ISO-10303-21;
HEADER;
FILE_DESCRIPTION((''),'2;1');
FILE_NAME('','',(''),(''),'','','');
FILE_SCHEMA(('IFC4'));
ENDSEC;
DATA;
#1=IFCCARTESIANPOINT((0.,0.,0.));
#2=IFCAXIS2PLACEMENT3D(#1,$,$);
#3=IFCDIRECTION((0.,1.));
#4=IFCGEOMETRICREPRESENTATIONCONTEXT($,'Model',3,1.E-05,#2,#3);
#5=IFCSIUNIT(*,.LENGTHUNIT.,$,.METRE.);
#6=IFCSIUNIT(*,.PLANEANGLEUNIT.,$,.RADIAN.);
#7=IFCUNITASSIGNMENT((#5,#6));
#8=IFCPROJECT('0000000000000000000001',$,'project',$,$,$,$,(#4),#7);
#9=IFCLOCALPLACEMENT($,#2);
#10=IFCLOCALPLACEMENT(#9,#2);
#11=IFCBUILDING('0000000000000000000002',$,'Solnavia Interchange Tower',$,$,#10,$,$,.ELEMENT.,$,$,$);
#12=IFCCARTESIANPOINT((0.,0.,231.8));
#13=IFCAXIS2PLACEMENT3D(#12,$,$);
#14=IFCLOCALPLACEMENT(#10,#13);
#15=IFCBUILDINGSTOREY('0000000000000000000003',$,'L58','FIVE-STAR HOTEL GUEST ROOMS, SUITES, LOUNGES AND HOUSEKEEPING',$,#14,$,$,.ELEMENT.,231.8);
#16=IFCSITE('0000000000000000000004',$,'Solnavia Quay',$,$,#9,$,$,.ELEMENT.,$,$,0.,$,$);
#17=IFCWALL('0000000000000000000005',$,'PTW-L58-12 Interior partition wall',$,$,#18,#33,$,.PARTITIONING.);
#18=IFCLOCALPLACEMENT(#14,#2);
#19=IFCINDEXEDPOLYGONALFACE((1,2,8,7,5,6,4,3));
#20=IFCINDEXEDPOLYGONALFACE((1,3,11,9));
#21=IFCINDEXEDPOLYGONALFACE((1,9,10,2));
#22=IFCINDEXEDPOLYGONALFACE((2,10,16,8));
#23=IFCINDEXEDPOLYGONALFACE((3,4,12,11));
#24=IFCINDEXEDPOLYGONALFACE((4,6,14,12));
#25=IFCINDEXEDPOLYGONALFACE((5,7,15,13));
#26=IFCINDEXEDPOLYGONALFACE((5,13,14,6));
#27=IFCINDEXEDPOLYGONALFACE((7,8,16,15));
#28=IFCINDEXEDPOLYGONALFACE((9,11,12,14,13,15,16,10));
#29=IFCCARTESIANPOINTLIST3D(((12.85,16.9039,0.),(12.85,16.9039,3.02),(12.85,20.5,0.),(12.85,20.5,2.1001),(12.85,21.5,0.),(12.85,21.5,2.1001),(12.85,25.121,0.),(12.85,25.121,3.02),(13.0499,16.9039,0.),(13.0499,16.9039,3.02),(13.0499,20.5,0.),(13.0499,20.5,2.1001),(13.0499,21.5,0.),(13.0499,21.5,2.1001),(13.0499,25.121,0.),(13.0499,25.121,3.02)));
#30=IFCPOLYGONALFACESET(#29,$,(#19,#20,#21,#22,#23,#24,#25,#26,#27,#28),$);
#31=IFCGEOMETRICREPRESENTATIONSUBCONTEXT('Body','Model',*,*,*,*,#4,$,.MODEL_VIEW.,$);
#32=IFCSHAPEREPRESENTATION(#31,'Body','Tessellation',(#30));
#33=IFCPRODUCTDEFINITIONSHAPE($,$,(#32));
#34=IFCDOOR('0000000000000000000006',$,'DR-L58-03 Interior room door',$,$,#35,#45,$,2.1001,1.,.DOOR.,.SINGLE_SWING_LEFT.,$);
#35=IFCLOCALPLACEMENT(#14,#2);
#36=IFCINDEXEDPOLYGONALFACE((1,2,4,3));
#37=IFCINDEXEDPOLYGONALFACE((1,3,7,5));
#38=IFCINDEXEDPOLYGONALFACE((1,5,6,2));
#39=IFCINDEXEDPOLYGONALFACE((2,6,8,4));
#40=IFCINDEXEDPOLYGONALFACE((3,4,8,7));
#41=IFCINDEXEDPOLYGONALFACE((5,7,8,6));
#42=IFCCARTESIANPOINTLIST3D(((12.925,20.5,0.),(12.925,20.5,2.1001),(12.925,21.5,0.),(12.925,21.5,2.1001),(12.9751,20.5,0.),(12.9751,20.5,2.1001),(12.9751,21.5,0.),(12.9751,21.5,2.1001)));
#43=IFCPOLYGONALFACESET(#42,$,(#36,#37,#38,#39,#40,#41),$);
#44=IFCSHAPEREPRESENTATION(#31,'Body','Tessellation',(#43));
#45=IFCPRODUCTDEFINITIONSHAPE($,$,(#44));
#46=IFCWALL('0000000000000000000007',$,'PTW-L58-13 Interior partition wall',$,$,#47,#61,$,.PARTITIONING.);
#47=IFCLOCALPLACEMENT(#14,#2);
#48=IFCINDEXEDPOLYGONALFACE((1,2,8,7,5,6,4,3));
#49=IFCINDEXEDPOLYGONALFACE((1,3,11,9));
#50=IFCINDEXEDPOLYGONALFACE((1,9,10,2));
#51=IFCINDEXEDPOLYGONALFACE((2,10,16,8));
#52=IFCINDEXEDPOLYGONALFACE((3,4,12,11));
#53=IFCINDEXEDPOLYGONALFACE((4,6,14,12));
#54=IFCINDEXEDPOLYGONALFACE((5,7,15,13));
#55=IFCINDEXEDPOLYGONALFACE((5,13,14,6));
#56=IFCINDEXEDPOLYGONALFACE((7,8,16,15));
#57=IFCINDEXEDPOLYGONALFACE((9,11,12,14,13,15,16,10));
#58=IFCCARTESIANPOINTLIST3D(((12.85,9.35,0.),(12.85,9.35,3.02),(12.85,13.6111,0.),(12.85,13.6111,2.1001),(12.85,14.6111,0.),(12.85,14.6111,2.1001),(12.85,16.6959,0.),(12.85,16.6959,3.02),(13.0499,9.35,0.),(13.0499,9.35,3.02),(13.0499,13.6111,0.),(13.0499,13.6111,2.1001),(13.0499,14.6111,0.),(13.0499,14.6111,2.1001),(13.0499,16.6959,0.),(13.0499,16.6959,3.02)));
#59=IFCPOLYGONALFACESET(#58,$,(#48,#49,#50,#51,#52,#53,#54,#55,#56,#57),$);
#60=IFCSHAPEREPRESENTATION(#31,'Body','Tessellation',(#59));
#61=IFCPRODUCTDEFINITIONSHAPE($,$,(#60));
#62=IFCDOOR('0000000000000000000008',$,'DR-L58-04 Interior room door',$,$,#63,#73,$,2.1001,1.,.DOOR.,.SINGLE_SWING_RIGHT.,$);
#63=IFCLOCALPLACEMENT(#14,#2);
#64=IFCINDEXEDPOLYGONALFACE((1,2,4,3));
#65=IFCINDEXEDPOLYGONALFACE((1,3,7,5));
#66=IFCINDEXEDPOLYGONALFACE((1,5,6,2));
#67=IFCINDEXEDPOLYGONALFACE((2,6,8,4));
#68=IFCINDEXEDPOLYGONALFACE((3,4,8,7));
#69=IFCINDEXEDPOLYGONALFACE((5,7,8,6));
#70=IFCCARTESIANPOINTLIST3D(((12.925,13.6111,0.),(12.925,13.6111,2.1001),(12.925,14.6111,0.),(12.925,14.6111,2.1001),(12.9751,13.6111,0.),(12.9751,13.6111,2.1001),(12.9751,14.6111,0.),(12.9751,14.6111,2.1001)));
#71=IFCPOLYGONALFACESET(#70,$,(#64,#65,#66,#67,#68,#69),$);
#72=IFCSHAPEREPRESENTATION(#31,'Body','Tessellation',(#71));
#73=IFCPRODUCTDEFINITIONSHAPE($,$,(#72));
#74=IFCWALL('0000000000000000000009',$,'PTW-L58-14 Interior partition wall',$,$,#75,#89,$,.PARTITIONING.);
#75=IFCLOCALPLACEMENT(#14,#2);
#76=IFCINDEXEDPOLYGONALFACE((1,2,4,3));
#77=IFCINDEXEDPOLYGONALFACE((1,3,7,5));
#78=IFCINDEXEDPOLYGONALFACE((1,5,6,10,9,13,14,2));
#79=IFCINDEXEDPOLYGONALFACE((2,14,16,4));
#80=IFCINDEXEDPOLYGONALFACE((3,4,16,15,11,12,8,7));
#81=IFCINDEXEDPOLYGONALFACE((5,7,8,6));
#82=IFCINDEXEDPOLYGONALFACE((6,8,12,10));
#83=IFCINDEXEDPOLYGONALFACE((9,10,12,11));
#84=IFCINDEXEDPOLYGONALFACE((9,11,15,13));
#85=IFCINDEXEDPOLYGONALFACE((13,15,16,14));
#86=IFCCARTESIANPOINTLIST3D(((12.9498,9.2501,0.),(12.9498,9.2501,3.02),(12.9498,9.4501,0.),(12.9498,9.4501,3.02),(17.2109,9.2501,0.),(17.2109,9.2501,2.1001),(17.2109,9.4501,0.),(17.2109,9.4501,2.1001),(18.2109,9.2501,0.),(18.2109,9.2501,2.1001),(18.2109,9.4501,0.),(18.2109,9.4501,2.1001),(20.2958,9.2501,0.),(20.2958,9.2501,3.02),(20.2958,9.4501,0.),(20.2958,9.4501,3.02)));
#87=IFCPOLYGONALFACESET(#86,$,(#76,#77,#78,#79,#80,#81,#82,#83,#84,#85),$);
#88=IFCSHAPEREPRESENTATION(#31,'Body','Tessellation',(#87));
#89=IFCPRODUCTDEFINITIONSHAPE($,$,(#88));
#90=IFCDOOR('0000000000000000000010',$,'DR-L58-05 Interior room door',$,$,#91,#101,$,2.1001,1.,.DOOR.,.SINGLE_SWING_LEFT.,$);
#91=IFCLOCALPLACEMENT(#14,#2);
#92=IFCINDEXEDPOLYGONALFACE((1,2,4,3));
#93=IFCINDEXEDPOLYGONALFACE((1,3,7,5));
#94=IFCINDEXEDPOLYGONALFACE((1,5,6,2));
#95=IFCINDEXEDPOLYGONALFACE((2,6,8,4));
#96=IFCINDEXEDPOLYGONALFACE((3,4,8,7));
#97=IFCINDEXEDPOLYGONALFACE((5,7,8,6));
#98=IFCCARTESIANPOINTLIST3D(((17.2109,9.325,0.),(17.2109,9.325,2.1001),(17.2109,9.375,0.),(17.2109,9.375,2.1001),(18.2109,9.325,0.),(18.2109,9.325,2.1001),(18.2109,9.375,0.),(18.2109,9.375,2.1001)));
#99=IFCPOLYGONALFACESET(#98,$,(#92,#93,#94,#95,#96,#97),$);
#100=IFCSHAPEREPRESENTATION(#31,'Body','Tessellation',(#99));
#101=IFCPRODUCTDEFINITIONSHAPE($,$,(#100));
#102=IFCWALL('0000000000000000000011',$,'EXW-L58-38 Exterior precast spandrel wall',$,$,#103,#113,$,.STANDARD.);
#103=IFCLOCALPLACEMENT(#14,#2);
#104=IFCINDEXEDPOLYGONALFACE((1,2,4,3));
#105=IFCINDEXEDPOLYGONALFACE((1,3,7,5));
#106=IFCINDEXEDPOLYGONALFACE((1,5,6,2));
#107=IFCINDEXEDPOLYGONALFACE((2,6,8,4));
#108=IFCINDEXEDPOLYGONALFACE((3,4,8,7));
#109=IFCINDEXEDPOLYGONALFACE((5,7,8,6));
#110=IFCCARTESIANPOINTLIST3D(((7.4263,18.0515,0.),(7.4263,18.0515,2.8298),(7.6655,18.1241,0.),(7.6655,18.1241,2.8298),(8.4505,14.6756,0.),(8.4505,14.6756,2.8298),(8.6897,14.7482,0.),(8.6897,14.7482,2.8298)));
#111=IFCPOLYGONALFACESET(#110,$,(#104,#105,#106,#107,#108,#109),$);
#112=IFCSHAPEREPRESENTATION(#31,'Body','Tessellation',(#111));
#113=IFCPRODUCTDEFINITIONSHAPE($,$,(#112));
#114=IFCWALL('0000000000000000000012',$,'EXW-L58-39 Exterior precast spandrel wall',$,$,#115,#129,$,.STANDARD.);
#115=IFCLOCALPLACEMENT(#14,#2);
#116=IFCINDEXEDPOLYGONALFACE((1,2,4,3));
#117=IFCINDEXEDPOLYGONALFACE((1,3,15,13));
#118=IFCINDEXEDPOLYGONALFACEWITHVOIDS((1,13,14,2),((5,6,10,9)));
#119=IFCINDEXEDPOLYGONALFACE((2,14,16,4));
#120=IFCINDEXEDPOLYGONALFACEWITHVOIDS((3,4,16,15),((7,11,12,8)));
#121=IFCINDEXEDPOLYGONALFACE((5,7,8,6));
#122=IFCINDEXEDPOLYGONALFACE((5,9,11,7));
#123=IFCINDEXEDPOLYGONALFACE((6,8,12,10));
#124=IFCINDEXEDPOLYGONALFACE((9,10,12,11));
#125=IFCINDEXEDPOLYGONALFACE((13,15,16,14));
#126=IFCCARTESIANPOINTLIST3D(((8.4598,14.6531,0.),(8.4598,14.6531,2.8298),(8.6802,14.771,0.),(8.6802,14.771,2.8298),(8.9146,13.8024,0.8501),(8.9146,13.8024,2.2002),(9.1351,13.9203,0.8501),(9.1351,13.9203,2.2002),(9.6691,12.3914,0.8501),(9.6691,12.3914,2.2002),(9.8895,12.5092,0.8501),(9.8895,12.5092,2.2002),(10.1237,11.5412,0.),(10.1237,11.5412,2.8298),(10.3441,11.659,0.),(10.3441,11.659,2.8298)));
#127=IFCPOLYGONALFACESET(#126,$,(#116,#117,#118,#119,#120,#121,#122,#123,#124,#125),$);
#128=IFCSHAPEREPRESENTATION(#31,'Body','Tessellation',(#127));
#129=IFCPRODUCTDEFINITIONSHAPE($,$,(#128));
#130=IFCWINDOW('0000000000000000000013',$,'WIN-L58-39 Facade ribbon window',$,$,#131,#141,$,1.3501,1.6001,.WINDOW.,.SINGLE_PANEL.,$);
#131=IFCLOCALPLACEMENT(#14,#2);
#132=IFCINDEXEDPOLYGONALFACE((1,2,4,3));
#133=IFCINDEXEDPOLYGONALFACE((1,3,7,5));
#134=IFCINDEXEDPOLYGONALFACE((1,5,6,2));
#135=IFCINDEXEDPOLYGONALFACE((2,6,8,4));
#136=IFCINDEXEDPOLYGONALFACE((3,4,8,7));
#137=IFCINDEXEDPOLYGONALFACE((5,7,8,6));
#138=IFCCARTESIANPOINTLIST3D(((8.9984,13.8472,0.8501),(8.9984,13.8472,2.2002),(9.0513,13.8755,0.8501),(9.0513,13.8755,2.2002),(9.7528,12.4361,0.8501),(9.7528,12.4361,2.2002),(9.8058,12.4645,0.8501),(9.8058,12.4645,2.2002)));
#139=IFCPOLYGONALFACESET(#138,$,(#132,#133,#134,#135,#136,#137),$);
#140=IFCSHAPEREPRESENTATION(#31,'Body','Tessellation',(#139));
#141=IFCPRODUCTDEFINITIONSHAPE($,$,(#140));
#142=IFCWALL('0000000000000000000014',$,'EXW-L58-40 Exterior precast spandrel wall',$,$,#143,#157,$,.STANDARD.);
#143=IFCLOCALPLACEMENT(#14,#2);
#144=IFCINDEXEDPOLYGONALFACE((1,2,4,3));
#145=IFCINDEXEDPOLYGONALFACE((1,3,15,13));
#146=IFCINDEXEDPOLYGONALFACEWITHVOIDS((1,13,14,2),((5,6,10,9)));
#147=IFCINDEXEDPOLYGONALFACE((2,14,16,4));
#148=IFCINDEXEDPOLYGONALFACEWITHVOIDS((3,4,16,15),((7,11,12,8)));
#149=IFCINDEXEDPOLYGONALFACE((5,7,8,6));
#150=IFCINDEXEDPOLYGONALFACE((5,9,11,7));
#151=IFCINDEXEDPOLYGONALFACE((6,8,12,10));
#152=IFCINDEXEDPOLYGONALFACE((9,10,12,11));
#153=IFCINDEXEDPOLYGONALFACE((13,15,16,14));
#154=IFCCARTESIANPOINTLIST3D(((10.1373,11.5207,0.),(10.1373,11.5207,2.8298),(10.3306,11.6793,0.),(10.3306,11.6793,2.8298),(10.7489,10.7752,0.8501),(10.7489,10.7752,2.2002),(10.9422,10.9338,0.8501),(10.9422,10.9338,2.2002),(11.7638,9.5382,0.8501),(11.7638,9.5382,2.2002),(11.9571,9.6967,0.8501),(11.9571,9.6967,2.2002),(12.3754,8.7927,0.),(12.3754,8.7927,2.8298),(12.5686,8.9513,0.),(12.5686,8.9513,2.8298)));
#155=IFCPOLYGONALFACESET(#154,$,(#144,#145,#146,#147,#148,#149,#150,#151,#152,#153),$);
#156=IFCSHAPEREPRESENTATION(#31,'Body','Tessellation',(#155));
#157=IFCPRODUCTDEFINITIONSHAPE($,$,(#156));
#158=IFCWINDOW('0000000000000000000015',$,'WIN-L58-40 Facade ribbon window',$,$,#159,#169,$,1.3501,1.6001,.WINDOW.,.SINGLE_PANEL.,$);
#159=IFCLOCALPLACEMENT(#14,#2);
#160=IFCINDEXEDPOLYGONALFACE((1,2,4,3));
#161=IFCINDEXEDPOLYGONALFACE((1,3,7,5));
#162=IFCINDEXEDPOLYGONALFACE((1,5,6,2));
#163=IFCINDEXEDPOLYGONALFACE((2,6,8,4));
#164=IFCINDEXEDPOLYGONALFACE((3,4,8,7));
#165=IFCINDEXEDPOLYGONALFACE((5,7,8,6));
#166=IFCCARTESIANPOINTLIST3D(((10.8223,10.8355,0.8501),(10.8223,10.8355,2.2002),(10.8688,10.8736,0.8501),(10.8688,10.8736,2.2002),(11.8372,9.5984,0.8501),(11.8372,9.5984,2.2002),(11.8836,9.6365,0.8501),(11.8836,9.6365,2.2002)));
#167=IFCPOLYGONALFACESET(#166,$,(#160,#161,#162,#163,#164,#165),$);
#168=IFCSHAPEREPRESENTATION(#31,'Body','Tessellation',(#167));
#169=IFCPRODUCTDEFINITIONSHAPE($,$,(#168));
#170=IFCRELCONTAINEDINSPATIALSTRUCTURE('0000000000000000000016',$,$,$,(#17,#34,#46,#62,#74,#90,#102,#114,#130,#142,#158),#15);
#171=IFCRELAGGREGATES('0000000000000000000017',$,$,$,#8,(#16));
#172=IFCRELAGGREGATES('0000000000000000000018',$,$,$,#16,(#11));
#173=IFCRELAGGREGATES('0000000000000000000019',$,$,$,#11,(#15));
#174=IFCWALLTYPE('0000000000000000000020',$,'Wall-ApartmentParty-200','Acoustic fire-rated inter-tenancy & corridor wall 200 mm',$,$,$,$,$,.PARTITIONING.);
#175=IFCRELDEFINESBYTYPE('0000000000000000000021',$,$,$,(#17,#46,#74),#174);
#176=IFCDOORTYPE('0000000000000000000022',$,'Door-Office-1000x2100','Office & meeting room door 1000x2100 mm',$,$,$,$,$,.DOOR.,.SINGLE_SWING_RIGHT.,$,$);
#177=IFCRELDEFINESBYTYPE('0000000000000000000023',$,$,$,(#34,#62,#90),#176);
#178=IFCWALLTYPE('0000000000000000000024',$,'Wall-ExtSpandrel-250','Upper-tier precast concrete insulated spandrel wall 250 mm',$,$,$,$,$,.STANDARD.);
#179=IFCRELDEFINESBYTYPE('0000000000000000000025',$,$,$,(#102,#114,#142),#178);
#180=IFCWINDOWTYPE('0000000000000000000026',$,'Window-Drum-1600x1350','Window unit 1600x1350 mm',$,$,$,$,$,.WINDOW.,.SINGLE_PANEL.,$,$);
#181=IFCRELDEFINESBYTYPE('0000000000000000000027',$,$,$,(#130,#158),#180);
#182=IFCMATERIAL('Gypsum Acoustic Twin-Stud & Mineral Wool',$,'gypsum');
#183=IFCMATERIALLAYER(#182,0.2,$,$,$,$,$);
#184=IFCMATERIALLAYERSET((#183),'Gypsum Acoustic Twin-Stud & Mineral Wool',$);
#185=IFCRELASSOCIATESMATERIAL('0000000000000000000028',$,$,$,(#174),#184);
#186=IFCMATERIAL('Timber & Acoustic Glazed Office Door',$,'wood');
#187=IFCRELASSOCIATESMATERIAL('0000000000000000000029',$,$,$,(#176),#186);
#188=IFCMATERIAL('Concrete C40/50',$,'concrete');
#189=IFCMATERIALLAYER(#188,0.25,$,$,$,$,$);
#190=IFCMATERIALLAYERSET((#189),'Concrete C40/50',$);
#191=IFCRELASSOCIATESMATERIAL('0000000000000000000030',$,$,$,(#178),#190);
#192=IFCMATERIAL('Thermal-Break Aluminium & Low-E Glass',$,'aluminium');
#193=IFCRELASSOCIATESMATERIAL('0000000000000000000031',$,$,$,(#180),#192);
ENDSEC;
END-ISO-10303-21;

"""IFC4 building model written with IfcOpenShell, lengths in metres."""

from ifc_helpers import new_model, si_unit, direction, frame, frame_2d, origin, place, context, subcontext, project, spatial, rectangle, extrude, material, layer, layer_set, type_object, element, fill, save


model = new_model("IFC4")

# Units and contexts
model_context = context("Model", 3, precision=1e-05, world=origin(), true_north=direction((0.0, 1.0)))
body_context = subcontext(model_context, "Body", "Model", "MODEL_VIEW")
ifc_project = project(units=[si_unit("LENGTHUNIT", "METRE"), si_unit("PLANEANGLEUNIT", "RADIAN")], contexts=[model_context])

# Site, building, storey
site_placement = place(None, origin())
site = spatial("IfcSite", under=ifc_project, at=site_placement, Name="Solnavia Quay", CompositionType="ELEMENT", RefElevation=0.0)
building_placement = place(site_placement, origin())
building = spatial("IfcBuilding", under=site, at=building_placement, Name="Solnavia Interchange Tower", CompositionType="ELEMENT")
storey_placement = place(building_placement, frame((0.0, 0.0, 231.8)))
storey = spatial("IfcBuildingStorey", under=building, at=storey_placement, Name="L58", Description="FIVE-STAR HOTEL GUEST ROOMS, SUITES, LOUNGES AND HOUSEKEEPING", CompositionType="ELEMENT", Elevation=231.8)

# Shared definitions
ifc_material_1 = material(Name="Concrete C40/50", Category="concrete")

# Shared definitions
ifc_material_2 = material(Name="Gypsum Acoustic Twin-Stud & Mineral Wool", Category="gypsum")
ifc_layer_1 = layer(ifc_material_2, 0.2)
ifc_layer_set_1 = layer_set([ifc_layer_1], Name="Gypsum Acoustic Twin-Stud & Mineral Wool")
wall_type_1 = type_object("IfcWallType", Name="Wall-ApartmentParty-200", Description="Acoustic fire-rated inter-tenancy & corridor wall 200 mm", PredefinedType="PARTITIONING", material=ifc_layer_set_1)

# Walls, openings, doors
wall_1_placement = place(storey_placement, frame((12.95, 16.9041, 0.0), z_axis=(0.0, 0.0, 1.0), x_axis=(0.0, 1.0, 0.0)))
wall_1 = element("IfcWall", 1, at=wall_1_placement, inside=storey, type_object=wall_type_1, Name="PTW-L58-12 Interior partition wall", PredefinedType="PARTITIONING", context=body_context, shape_type="SweptSolid", body=[
    extrude(rectangle(XDim=8.217, YDim=0.2, at=frame_2d((4.1084, 0.0))), origin(), (0.0, 0.0, 1.0), 3.02),
])
opening_1_placement = place(wall_1_placement, frame((3.5959, 0.0, 0.0)))
opening_1 = element("IfcOpeningElement", 2, at=opening_1_placement, cuts=wall_1, PredefinedType="OPENING", context=body_context, shape_type="SweptSolid", body=[
    extrude(rectangle(XDim=1.0, YDim=2.1001, at=frame_2d((0.5, 1.05))), frame((0.0, 0.1099, 0.0), z_axis=(0.0, -1.0, 0.0), x_axis=(1.0, 0.0, 0.0)), (0.0, 0.0, 1.0), 0.22),
])
ifc_material_3 = material(Name="Timber & Acoustic Glazed Office Door", Category="wood")
door_type = type_object("IfcDoorType", Name="Door-Office-1000x2100", Description="Office & meeting room door 1000x2100 mm", OperationType="SINGLE_SWING_RIGHT", PredefinedType="DOOR", material=ifc_material_3)
door_1_placement = place(opening_1_placement, origin())
door_1 = element("IfcDoor", 3, at=door_1_placement, inside=storey, type_object=door_type, Name="DR-L58-03 Interior room door", OperationType="SINGLE_SWING_LEFT", OverallHeight=2.1001, OverallWidth=1.0, PredefinedType="DOOR", context=body_context, shape_type="SweptSolid", body=[
    extrude(rectangle(XDim=1.0, YDim=2.1001, at=frame_2d((0.5, 1.05))), frame((0.0, 0.0249, 0.0), z_axis=(0.0, -1.0, 0.0), x_axis=(1.0, 0.0, 0.0)), (0.0, 0.0, 1.0), 0.05),
])
fill(opening_1, door_1)
wall_2_placement = place(storey_placement, frame((12.95, 9.3501, 0.0), z_axis=(0.0, 0.0, 1.0), x_axis=(0.0, 1.0, 0.0)))
wall_2 = element("IfcWall", 4, at=wall_2_placement, inside=storey, type_object=wall_type_1, Name="PTW-L58-13 Interior partition wall", PredefinedType="PARTITIONING", context=body_context, shape_type="SweptSolid", body=[
    extrude(rectangle(XDim=7.3459, YDim=0.2, at=frame_2d((3.6729, 0.0))), origin(), (0.0, 0.0, 1.0), 3.02),
])
opening_2_placement = place(wall_2_placement, frame((4.261, 0.0, 0.0)))
opening_2 = element("IfcOpeningElement", 5, at=opening_2_placement, cuts=wall_2, PredefinedType="OPENING", context=body_context, shape_type="SweptSolid", body=[
    extrude(rectangle(XDim=1.0, YDim=2.1001, at=frame_2d((0.5, 1.05))), frame((0.0, 0.1099, 0.0), z_axis=(0.0, -1.0, 0.0), x_axis=(1.0, 0.0, 0.0)), (0.0, 0.0, 1.0), 0.22),
])
door_2_placement = place(opening_2_placement, origin())
door_2 = element("IfcDoor", 6, at=door_2_placement, inside=storey, type_object=door_type, Name="DR-L58-04 Interior room door", OperationType="SINGLE_SWING_RIGHT", OverallHeight=2.1001, OverallWidth=1.0, PredefinedType="DOOR", context=body_context, shape_type="SweptSolid", body=[
    extrude(rectangle(XDim=1.0, YDim=2.1001, at=frame_2d((0.5, 1.05))), frame((0.0, 0.0249, 0.0), z_axis=(0.0, -1.0, 0.0), x_axis=(1.0, 0.0, 0.0)), (0.0, 0.0, 1.0), 0.05),
])
fill(opening_2, door_2)
wall_3_placement = place(storey_placement, frame((12.95, 9.3501, 0.0), z_axis=(0.0, 0.0, 1.0), x_axis=(1.0, 0.0, 0.0)))
wall_3 = element("IfcWall", 7, at=wall_3_placement, inside=storey, type_object=wall_type_1, Name="PTW-L58-14 Interior partition wall", PredefinedType="PARTITIONING", context=body_context, shape_type="SweptSolid", body=[
    extrude(rectangle(XDim=7.3459, YDim=0.2, at=frame_2d((3.6729, 0.0))), origin(), (0.0, 0.0, 1.0), 3.02),
])
opening_3_placement = place(wall_3_placement, frame((4.261, 0.0, 0.0)))
opening_3 = element("IfcOpeningElement", 8, at=opening_3_placement, cuts=wall_3, PredefinedType="OPENING", context=body_context, shape_type="SweptSolid", body=[
    extrude(rectangle(XDim=1.0, YDim=2.1001, at=frame_2d((0.5, 1.05))), frame((0.0, 0.1099, 0.0), z_axis=(0.0, -1.0, 0.0), x_axis=(1.0, 0.0, 0.0)), (0.0, 0.0, 1.0), 0.22),
])
door_3_placement = place(opening_3_placement, origin())
door_3 = element("IfcDoor", 9, at=door_3_placement, inside=storey, type_object=door_type, Name="DR-L58-05 Interior room door", OperationType="SINGLE_SWING_LEFT", OverallHeight=2.1001, OverallWidth=1.0, PredefinedType="DOOR", context=body_context, shape_type="SweptSolid", body=[
    extrude(rectangle(XDim=1.0, YDim=2.1001, at=frame_2d((0.5, 1.05))), frame((0.0, 0.0249, 0.0), z_axis=(0.0, -1.0, 0.0), x_axis=(1.0, 0.0, 0.0)), (0.0, 0.0, 1.0), 0.05),
])
fill(opening_3, door_3)

# Wall
ifc_layer_2 = layer(ifc_material_1, 0.25)
ifc_layer_set_2 = layer_set([ifc_layer_2], Name="Concrete C40/50")
wall_type_2 = type_object("IfcWallType", Name="Wall-ExtSpandrel-250", Description="Upper-tier precast concrete insulated spandrel wall 250 mm", PredefinedType="STANDARD", material=ifc_layer_set_2)
wall_4_placement = place(storey_placement, frame((8.5701, 14.7119, 0.0), z_axis=(0.0, 0.0, 1.0), x_axis=(-0.290305, 0.956934, 0.0)))
element("IfcWall", 10, at=wall_4_placement, inside=storey, type_object=wall_type_2, Name="EXW-L58-38 Exterior precast spandrel wall", PredefinedType="STANDARD", context=body_context, shape_type="SweptSolid", body=[
    extrude(rectangle(XDim=3.5278, YDim=0.25, at=frame_2d((1.7639, 0.0))), origin(), (0.0, 0.0, 1.0), 2.8298),
])

# Walls, openings, windows
wall_5_placement = place(storey_placement, frame((10.2339, 11.6001, 0.0), z_axis=(0.0, 0.0, 1.0), x_axis=(-0.471511, 0.88186, 0.0)))
wall_5 = element("IfcWall", 11, at=wall_5_placement, inside=storey, type_object=wall_type_2, Name="EXW-L58-39 Exterior precast spandrel wall", PredefinedType="STANDARD", context=body_context, shape_type="SweptSolid", body=[
    extrude(rectangle(XDim=3.5288, YDim=0.25, at=frame_2d((1.7644, 0.0))), origin(), (0.0, 0.0, 1.0), 2.8298),
])
opening_4_placement = place(wall_5_placement, frame((0.9641, 0.0, 0.8501)))
opening_4 = element("IfcOpeningElement", 12, at=opening_4_placement, cuts=wall_5, PredefinedType="OPENING", context=body_context, shape_type="SweptSolid", body=[
    extrude(rectangle(XDim=1.6001, YDim=1.3501, at=frame_2d((0.8, 0.675))), frame((0.0, 0.135, 0.0), z_axis=(0.0, -1.0, 0.0), x_axis=(1.0, 0.0, 0.0)), (0.0, 0.0, 1.0), 0.27),
])
ifc_material_4 = material(Name="Thermal-Break Aluminium & Low-E Glass", Category="aluminium")
window_type = type_object("IfcWindowType", Name="Window-Drum-1600x1350", Description="Window unit 1600x1350 mm", PartitioningType="SINGLE_PANEL", PredefinedType="WINDOW", material=ifc_material_4)
window_1_placement = place(opening_4_placement, origin())
window_1 = element("IfcWindow", 13, at=window_1_placement, inside=storey, type_object=window_type, Name="WIN-L58-39 Facade ribbon window", OverallHeight=1.3501, OverallWidth=1.6001, PartitioningType="SINGLE_PANEL", PredefinedType="WINDOW", context=body_context, shape_type="SweptSolid", body=[
    extrude(rectangle(XDim=1.6001, YDim=1.3501, at=frame_2d((0.8, 0.675))), frame((0.0, 0.03, 0.0), z_axis=(0.0, -1.0, 0.0), x_axis=(1.0, 0.0, 0.0)), (0.0, 0.0, 1.0), 0.0601),
])
fill(opening_4, window_1)
wall_6_placement = place(storey_placement, frame((12.4719, 8.8721, 0.0), z_axis=(0.0, 0.0, 1.0), x_axis=(-0.634258, 0.773121, 0.0)))
wall_6 = element("IfcWall", 14, at=wall_6_placement, inside=storey, type_object=wall_type_2, Name="EXW-L58-40 Exterior precast spandrel wall", PredefinedType="STANDARD", context=body_context, shape_type="SweptSolid", body=[
    extrude(rectangle(XDim=3.5286, YDim=0.25, at=frame_2d((1.7642, 0.0))), origin(), (0.0, 0.0, 1.0), 2.8298),
])
opening_5_placement = place(wall_6_placement, frame((0.9641, 0.0, 0.8501)))
opening_5 = element("IfcOpeningElement", 15, at=opening_5_placement, cuts=wall_6, PredefinedType="OPENING", context=body_context, shape_type="SweptSolid", body=[
    extrude(rectangle(XDim=1.6001, YDim=1.3501, at=frame_2d((0.8, 0.675))), frame((0.0, 0.135, 0.0), z_axis=(0.0, -1.0, 0.0), x_axis=(1.0, 0.0, 0.0)), (0.0, 0.0, 1.0), 0.27),
])
window_2_placement = place(opening_5_placement, origin())
window_2 = element("IfcWindow", 16, at=window_2_placement, inside=storey, type_object=window_type, Name="WIN-L58-40 Facade ribbon window", OverallHeight=1.3501, OverallWidth=1.6001, PartitioningType="SINGLE_PANEL", PredefinedType="WINDOW", context=body_context, shape_type="SweptSolid", body=[
    extrude(rectangle(XDim=1.6001, YDim=1.3501, at=frame_2d((0.8, 0.675))), frame((0.0, 0.03, 0.0), z_axis=(0.0, -1.0, 0.0), x_axis=(1.0, 0.0, 0.0)), (0.0, 0.0, 1.0), 0.0601),
])
fill(opening_5, window_2)

save(model, "model.ifc")
